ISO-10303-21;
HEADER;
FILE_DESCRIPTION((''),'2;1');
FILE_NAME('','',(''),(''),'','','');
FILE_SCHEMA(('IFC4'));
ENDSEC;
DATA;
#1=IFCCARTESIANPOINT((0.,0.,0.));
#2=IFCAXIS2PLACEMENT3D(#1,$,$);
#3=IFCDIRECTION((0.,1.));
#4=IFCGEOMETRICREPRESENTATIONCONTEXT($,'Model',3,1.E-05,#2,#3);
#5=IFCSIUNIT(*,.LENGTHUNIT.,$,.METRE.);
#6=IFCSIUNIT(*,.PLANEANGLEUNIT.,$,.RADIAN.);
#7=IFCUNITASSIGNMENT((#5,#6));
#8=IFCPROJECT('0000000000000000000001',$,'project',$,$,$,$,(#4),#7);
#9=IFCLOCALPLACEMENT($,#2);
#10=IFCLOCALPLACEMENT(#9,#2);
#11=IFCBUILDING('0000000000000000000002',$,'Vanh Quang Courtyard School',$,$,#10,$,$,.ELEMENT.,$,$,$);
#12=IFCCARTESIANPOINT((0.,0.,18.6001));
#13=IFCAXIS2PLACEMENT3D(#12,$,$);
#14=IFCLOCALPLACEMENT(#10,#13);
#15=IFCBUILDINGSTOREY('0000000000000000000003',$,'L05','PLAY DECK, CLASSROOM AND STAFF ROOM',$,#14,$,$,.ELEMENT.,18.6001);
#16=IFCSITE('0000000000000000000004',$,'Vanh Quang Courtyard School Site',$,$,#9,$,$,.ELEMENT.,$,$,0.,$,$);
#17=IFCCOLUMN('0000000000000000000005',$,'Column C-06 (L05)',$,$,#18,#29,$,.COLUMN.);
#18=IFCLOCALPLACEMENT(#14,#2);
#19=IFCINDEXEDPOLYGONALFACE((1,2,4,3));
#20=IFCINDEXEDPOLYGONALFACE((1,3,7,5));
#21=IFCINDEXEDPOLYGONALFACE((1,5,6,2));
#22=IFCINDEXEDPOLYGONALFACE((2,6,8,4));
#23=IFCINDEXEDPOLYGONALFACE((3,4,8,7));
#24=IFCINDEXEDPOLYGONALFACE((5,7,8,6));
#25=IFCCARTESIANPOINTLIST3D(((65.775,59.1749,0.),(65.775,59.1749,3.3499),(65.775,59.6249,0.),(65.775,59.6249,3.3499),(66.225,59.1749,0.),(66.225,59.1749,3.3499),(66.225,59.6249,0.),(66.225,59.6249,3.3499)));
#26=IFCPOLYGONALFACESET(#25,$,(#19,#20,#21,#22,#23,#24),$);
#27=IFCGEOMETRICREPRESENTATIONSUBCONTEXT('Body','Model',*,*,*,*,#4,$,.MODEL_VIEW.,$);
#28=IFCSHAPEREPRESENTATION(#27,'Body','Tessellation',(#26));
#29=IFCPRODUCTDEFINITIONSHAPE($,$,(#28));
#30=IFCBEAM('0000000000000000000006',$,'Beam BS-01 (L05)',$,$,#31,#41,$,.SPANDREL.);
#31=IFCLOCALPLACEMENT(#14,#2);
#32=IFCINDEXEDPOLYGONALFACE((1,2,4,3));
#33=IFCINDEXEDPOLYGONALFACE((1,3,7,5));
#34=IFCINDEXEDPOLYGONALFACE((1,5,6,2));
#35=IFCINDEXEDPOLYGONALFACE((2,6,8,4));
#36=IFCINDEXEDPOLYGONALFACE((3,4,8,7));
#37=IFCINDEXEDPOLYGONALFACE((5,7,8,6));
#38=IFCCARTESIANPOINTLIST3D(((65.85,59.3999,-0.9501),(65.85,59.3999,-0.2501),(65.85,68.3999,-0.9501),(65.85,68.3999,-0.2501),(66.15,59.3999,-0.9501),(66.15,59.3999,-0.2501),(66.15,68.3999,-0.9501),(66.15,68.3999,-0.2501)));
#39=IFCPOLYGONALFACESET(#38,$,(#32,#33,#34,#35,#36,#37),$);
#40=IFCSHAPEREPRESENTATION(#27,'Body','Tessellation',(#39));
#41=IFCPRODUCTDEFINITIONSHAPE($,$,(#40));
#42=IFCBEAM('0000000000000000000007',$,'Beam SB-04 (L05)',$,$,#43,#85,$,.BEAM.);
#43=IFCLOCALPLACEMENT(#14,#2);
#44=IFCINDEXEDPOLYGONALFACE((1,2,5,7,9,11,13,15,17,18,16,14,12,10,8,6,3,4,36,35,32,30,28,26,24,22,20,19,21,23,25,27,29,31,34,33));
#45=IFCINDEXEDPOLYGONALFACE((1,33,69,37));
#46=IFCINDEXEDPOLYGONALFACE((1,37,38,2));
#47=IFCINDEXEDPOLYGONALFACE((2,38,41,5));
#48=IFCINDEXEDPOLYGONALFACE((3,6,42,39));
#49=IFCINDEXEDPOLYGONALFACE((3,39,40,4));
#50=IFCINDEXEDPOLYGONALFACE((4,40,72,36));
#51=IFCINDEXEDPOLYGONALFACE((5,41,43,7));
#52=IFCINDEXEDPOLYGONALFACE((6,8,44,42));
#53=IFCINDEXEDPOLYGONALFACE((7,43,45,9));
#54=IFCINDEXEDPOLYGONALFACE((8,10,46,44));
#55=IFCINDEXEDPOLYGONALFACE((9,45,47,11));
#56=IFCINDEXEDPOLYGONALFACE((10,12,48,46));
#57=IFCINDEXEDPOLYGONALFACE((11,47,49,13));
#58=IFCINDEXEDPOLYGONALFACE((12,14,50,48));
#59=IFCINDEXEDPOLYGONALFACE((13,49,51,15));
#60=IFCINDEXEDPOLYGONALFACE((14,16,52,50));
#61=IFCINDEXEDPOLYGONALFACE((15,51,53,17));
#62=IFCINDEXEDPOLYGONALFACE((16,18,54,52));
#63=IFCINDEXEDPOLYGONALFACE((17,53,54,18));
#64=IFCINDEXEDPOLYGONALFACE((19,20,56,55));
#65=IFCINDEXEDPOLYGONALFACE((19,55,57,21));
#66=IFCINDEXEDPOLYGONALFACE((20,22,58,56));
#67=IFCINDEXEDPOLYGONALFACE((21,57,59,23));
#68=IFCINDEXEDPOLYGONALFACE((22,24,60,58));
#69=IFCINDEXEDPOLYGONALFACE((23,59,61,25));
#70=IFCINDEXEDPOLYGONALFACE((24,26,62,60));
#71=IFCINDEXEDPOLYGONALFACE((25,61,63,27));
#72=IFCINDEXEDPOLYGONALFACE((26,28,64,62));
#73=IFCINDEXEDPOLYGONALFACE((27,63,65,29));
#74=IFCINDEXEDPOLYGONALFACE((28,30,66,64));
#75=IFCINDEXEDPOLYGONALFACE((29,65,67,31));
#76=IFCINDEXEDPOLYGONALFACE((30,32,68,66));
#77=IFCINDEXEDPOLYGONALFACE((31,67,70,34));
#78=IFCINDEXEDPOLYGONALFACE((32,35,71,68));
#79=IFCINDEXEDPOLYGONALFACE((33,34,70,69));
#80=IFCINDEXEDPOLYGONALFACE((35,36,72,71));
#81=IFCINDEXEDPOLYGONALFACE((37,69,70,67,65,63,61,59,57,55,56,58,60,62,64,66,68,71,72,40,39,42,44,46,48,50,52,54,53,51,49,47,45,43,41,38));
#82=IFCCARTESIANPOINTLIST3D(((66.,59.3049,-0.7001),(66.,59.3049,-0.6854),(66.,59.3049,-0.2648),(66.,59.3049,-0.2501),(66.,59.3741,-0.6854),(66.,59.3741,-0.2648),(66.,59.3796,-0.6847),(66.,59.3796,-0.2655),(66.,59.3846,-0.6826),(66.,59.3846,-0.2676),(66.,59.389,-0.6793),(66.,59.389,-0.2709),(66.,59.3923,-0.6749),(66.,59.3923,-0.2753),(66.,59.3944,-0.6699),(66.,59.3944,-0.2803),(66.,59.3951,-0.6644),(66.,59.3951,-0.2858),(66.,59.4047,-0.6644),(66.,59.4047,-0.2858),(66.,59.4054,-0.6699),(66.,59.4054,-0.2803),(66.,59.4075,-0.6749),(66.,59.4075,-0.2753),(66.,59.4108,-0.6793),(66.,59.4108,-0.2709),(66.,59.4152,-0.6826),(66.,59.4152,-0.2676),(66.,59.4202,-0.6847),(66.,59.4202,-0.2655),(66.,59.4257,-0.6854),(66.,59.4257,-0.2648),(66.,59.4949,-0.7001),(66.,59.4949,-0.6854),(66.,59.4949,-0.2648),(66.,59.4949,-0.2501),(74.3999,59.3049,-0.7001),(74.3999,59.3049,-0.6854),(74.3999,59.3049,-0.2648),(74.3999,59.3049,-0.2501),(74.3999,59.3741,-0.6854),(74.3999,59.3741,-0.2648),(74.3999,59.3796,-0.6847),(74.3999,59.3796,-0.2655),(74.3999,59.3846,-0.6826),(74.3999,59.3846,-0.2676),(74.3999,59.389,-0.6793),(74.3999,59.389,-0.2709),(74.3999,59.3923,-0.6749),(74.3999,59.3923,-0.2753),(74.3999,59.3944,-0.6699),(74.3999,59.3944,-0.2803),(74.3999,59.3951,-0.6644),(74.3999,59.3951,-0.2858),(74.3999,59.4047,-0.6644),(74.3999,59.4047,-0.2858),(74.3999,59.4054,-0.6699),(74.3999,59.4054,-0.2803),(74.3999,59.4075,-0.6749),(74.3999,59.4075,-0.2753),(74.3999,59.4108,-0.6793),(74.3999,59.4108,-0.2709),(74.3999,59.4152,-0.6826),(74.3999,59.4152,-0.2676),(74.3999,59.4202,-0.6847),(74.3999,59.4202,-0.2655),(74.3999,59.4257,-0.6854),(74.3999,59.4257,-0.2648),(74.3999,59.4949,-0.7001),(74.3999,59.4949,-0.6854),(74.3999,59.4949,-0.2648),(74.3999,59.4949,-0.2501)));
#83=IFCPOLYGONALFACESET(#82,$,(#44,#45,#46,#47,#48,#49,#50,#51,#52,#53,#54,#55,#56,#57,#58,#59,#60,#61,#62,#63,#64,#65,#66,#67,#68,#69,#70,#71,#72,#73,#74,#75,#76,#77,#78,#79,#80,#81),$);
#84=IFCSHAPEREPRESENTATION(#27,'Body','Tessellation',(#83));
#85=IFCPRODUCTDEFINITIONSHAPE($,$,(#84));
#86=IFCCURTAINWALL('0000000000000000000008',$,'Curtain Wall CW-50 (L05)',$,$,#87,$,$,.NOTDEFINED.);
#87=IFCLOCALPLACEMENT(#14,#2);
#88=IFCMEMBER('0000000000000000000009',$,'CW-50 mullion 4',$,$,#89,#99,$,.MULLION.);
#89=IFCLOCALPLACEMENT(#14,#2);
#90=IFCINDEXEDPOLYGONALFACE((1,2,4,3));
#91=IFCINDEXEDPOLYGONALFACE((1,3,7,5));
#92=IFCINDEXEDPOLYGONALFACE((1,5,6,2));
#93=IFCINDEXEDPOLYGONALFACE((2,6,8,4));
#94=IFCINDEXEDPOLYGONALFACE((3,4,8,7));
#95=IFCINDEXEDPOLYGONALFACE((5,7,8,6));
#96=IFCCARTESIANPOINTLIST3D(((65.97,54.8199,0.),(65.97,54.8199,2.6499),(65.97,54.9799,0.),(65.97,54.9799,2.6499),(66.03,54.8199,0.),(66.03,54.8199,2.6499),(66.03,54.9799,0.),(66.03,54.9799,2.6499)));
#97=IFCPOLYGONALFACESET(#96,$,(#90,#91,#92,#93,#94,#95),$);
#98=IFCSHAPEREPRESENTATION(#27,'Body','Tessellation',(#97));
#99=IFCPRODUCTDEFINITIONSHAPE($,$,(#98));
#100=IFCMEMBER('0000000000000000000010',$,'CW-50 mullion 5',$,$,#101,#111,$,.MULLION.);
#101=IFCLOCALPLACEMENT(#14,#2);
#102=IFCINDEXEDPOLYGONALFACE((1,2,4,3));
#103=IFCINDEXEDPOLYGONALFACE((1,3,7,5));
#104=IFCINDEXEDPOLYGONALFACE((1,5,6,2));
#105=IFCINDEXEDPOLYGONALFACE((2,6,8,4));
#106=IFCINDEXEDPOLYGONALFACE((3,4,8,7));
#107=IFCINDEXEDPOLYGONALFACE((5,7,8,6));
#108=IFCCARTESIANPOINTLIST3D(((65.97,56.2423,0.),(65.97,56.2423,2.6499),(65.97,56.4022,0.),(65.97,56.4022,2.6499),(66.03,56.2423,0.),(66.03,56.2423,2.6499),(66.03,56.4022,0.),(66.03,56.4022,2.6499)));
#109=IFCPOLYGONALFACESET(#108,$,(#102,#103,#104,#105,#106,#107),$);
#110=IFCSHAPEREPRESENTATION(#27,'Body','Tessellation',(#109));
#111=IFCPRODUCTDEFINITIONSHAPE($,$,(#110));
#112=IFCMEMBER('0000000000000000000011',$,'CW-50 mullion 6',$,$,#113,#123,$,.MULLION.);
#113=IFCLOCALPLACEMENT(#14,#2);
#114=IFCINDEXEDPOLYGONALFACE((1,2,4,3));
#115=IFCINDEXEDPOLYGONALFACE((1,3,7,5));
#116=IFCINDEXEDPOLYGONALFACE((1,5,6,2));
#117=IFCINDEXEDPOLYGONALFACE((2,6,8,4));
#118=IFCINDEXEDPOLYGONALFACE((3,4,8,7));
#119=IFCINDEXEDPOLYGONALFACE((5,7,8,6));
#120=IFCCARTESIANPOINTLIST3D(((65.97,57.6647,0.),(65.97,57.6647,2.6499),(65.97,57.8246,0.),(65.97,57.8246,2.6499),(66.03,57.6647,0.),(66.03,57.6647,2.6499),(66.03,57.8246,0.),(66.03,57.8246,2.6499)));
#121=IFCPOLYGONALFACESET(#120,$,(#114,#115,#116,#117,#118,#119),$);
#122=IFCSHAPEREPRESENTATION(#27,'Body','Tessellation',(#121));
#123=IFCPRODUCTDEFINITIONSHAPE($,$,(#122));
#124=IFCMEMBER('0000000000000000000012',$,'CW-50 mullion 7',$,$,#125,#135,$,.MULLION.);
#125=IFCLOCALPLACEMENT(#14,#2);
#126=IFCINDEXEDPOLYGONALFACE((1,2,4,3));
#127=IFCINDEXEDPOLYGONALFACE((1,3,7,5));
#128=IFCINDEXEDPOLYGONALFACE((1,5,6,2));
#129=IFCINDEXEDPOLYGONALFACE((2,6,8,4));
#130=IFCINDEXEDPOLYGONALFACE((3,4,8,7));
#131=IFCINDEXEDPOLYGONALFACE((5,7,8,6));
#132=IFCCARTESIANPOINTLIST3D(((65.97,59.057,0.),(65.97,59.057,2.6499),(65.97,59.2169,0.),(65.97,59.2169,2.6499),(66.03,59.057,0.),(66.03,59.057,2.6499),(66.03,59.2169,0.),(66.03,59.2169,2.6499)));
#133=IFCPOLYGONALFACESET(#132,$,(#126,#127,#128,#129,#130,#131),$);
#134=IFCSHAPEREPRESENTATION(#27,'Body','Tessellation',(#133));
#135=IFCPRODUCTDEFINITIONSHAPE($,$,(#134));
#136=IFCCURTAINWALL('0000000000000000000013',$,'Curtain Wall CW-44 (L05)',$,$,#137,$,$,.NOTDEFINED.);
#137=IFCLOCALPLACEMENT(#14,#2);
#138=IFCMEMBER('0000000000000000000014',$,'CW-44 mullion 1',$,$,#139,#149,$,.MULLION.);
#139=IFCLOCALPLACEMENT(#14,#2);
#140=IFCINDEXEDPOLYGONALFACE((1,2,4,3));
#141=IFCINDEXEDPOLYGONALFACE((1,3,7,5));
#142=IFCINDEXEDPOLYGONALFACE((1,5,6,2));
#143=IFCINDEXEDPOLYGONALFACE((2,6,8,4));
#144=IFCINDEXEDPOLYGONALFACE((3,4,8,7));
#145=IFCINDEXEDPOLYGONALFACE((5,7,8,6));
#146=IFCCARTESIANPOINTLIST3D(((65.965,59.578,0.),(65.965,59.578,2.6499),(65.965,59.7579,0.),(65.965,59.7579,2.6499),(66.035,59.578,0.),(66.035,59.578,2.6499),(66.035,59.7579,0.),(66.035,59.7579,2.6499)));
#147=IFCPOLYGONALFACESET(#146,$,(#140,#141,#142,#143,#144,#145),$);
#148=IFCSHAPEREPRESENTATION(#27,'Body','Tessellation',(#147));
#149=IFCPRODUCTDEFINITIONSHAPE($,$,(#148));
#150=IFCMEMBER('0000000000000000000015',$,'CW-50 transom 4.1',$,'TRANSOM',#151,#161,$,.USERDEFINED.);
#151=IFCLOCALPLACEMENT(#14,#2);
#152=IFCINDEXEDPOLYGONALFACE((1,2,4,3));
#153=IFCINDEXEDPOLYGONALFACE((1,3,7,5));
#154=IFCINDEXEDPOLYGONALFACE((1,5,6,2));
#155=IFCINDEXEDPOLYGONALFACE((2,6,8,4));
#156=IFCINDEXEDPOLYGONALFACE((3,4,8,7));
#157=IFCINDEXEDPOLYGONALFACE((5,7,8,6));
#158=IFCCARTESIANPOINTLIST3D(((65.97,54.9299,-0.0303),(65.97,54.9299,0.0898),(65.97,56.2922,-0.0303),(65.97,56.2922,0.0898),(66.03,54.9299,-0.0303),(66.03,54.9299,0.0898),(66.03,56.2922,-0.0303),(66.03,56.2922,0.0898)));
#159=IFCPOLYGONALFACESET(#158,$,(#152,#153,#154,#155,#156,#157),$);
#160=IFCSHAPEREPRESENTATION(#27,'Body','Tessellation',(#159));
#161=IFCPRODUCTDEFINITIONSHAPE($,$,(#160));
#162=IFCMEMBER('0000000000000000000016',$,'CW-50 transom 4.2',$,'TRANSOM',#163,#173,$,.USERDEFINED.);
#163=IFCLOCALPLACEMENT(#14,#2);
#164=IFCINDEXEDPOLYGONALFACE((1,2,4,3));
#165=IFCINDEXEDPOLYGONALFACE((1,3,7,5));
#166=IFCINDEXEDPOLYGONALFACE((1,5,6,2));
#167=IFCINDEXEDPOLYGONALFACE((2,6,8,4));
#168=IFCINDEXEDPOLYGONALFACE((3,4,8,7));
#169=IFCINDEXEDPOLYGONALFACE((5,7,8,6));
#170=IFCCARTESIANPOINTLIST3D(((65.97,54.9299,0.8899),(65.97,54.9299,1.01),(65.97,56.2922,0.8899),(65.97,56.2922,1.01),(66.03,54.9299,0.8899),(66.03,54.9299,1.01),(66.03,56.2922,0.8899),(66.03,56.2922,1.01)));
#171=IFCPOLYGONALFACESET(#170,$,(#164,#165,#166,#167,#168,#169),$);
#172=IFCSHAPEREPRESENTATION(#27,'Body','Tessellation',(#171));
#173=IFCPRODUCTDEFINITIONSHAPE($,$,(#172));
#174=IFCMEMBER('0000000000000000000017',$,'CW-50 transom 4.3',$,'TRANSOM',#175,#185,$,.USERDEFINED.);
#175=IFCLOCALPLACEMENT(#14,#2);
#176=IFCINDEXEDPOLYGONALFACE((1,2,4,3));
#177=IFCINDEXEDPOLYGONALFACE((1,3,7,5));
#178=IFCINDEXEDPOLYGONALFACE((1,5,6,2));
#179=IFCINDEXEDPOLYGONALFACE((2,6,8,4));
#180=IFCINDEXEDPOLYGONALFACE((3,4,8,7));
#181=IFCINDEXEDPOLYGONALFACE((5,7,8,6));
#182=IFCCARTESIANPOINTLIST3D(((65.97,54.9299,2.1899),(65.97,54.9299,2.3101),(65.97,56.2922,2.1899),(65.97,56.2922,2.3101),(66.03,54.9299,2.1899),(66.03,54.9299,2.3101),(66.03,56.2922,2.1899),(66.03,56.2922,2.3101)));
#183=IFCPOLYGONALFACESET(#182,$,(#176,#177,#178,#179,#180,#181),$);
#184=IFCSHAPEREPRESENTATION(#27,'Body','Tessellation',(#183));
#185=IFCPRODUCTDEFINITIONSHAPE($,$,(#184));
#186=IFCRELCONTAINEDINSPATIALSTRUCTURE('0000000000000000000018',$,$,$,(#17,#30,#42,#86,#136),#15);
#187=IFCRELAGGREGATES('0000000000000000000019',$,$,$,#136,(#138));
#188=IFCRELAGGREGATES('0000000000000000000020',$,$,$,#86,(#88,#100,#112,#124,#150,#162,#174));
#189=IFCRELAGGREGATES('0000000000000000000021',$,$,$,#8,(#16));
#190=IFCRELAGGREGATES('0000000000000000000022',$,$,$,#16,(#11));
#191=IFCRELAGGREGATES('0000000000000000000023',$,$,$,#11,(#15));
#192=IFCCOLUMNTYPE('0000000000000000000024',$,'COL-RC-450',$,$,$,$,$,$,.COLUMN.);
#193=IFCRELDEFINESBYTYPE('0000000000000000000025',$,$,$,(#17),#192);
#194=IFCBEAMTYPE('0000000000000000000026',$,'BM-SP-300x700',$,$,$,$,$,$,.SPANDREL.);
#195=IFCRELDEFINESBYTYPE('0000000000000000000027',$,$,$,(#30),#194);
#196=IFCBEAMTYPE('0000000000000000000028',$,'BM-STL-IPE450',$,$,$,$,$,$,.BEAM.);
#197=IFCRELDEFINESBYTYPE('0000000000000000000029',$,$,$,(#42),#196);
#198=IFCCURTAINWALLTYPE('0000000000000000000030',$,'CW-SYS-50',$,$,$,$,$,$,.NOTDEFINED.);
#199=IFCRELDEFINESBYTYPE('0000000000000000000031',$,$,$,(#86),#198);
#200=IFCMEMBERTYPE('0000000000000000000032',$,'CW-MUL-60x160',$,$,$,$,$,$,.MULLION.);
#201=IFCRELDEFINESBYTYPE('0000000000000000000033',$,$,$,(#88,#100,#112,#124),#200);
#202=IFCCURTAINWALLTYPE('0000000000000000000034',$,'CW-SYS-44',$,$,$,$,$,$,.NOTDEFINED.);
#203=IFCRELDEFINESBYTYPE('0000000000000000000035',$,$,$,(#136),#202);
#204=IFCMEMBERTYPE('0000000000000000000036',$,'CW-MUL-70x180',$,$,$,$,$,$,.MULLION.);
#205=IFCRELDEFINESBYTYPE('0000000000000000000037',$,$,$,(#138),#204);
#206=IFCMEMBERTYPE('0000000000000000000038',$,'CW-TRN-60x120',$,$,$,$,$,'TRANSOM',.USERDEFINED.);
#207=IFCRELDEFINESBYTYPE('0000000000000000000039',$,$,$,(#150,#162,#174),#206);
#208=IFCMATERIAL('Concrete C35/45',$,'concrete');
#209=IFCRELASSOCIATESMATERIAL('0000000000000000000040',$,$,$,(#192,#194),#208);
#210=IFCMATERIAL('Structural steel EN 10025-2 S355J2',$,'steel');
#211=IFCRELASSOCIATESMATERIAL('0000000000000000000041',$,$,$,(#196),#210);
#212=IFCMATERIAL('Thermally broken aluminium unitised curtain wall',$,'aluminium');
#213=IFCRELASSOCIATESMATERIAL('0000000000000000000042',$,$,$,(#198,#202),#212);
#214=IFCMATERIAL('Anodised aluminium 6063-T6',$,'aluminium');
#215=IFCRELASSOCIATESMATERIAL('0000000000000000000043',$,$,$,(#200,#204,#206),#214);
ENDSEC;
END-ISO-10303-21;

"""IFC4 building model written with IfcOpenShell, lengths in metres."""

from ifc_helpers import new_model, si_unit, direction, frame, origin, origin_2d, place, context, subcontext, project, spatial, rectangle, i_section, extrude, material, material_profile, profile_set, type_object, element, aggregate, save


model = new_model("IFC4")

# Units and contexts
model_context = context("Model", 3, precision=1e-05, world=origin(), true_north=direction((0.0, 1.0)))
body_context = subcontext(model_context, "Body", "Model", "MODEL_VIEW")
ifc_project = project(units=[si_unit("LENGTHUNIT", "METRE"), si_unit("PLANEANGLEUNIT", "RADIAN")], contexts=[model_context])

# Site, building, storey
site_placement = place(None, origin())
site = spatial("IfcSite", under=ifc_project, at=site_placement, Name="Vanh Quang Courtyard School Site", CompositionType="ELEMENT", RefElevation=0.0)
building_placement = place(site_placement, origin())
building = spatial("IfcBuilding", under=site, at=building_placement, Name="Vanh Quang Courtyard School", CompositionType="ELEMENT")
storey_placement = place(building_placement, frame((0.0, 0.0, 18.6001)))
storey = spatial("IfcBuildingStorey", under=building, at=storey_placement, Name="L05", Description="PLAY DECK, CLASSROOM AND STAFF ROOM", CompositionType="ELEMENT", Elevation=18.6001)

# Column
ifc_material_1 = material(Name="Concrete C35/45", Category="concrete")
ifc_material_profile_1 = material_profile(ifc_material_1, rectangle(XDim=0.45, YDim=0.45, at=origin_2d()), Name="RC-COL 450x450")
ifc_profile_set_1 = profile_set([ifc_material_profile_1], Name="Concrete C35/45")
column_type = type_object("IfcColumnType", Name="COL-RC-450", PredefinedType="COLUMN", material=ifc_profile_set_1)
column_placement = place(storey_placement, frame((66.0, 59.3999, 0.0), z_axis=(0.0, 0.0, 1.0), x_axis=(1.0, 0.0, 0.0)))
element("IfcColumn", 1, at=column_placement, inside=storey, type_object=column_type, Name="Column C-06 (L05)", PredefinedType="COLUMN", context=body_context, shape_type="SweptSolid", body=[
    extrude(rectangle(XDim=0.45, YDim=0.45, at=origin_2d()), origin(), (0.0, 0.0, 1.0), 3.3499),
])

# Beams
ifc_material_profile_2 = material_profile(ifc_material_1, rectangle(XDim=0.3, YDim=0.7, at=origin_2d()), Name="RC-SP 300x700")
ifc_profile_set_2 = profile_set([ifc_material_profile_2], Name="Concrete C35/45")
beam_type_1 = type_object("IfcBeamType", Name="BM-SP-300x700", PredefinedType="SPANDREL", material=ifc_profile_set_2)
beam_1_placement = place(storey_placement, frame((66.0, 59.3999, -0.6001), z_axis=(0.0, 1.0, 0.0), x_axis=(-1.0, 0.0, 0.0)))
element("IfcBeam", 2, at=beam_1_placement, inside=storey, type_object=beam_type_1, Name="Beam BS-01 (L05)", PredefinedType="SPANDREL", context=body_context, shape_type="SweptSolid", body=[
    extrude(rectangle(XDim=0.3, YDim=0.7, at=origin_2d()), origin(), (0.0, 0.0, 1.0), 9.0),
])
ifc_material_2 = material(Name="Structural steel EN 10025-2 S355J2", Category="steel")
ifc_material_profile_3 = material_profile(ifc_material_2, i_section(OverallWidth=0.1899, OverallDepth=0.45, WebThickness=0.0095, FlangeThickness=0.0146, FilletRadius=0.021, at=origin_2d()), Name="IPE 450")
ifc_profile_set_3 = profile_set([ifc_material_profile_3], Name="Structural steel EN 10025-2 S355J2")
beam_type_2 = type_object("IfcBeamType", Name="BM-STL-IPE450", PredefinedType="BEAM", material=ifc_profile_set_3)
beam_2_placement = place(storey_placement, frame((66.0, 59.3999, -0.4751), z_axis=(1.0, 0.0, 0.0), x_axis=(0.0, 1.0, 0.0)))
element("IfcBeam", 3, at=beam_2_placement, inside=storey, type_object=beam_type_2, Name="Beam SB-04 (L05)", PredefinedType="BEAM", context=body_context, shape_type="SweptSolid", body=[
    extrude(i_section(OverallWidth=0.1899, OverallDepth=0.45, WebThickness=0.0095, FlangeThickness=0.0146, FilletRadius=0.021, at=origin_2d()), origin(), (0.0, 0.0, 1.0), 8.3999),
])

# Curtain wall, members
ifc_material_3 = material(Name="Thermally broken aluminium unitised curtain wall", Category="aluminium")
curtain_wall_type_1 = type_object("IfcCurtainWallType", Name="CW-SYS-50", PredefinedType="NOTDEFINED", material=ifc_material_3)
curtain_wall_1_placement = place(storey_placement, origin())
curtain_wall_1 = element("IfcCurtainWall", 4, at=curtain_wall_1_placement, inside=storey, type_object=curtain_wall_type_1, Name="Curtain Wall CW-50 (L05)", PredefinedType="NOTDEFINED")
ifc_material_4 = material(Name="Anodised aluminium 6063-T6", Category="aluminium")
ifc_material_profile_4 = material_profile(ifc_material_4, rectangle(XDim=0.0601, YDim=0.1599, at=origin_2d()), Name="ALU-MUL 60x160")
ifc_profile_set_4 = profile_set([ifc_material_profile_4], Name="Anodised aluminium 6063-T6")
member_type_1 = type_object("IfcMemberType", Name="CW-MUL-60x160", PredefinedType="MULLION", material=ifc_profile_set_4)
member_1_placement = place(storey_placement, frame((66.0, 54.8999, 0.0), z_axis=(0.0, 0.0, 1.0), x_axis=(-1.0, 0.0, 0.0)))
member_1 = element("IfcMember", 5, at=member_1_placement, type_object=member_type_1, Name="CW-50 mullion 4", PredefinedType="MULLION", context=body_context, shape_type="SweptSolid", body=[
    extrude(rectangle(XDim=0.0601, YDim=0.1599, at=origin_2d()), origin(), (0.0, 0.0, 1.0), 2.6499),
])
member_2_placement = place(storey_placement, frame((66.0, 56.3223, 0.0), z_axis=(0.0, 0.0, 1.0), x_axis=(-1.0, 0.0, 0.0)))
member_2 = element("IfcMember", 6, at=member_2_placement, type_object=member_type_1, Name="CW-50 mullion 5", PredefinedType="MULLION", context=body_context, shape_type="SweptSolid", body=[
    extrude(rectangle(XDim=0.0601, YDim=0.1599, at=origin_2d()), origin(), (0.0, 0.0, 1.0), 2.6499),
])
member_3_placement = place(storey_placement, frame((66.0, 57.7446, 0.0), z_axis=(0.0, 0.0, 1.0), x_axis=(-1.0, 0.0, 0.0)))
member_3 = element("IfcMember", 7, at=member_3_placement, type_object=member_type_1, Name="CW-50 mullion 6", PredefinedType="MULLION", context=body_context, shape_type="SweptSolid", body=[
    extrude(rectangle(XDim=0.0601, YDim=0.1599, at=origin_2d()), origin(), (0.0, 0.0, 1.0), 2.6499),
])
member_4_placement = place(storey_placement, frame((66.0, 59.137, 0.0), z_axis=(0.0, 0.0, 1.0), x_axis=(-1.0, 0.0, 0.0)))
member_4 = element("IfcMember", 8, at=member_4_placement, type_object=member_type_1, Name="CW-50 mullion 7", PredefinedType="MULLION", context=body_context, shape_type="SweptSolid", body=[
    extrude(rectangle(XDim=0.0601, YDim=0.1599, at=origin_2d()), origin(), (0.0, 0.0, 1.0), 2.6499),
])

# Curtain wall, member
curtain_wall_type_2 = type_object("IfcCurtainWallType", Name="CW-SYS-44", PredefinedType="NOTDEFINED", material=ifc_material_3)
curtain_wall_2_placement = place(storey_placement, origin())
curtain_wall_2 = element("IfcCurtainWall", 9, at=curtain_wall_2_placement, inside=storey, type_object=curtain_wall_type_2, Name="Curtain Wall CW-44 (L05)", PredefinedType="NOTDEFINED")
ifc_material_profile_5 = material_profile(ifc_material_4, rectangle(XDim=0.0701, YDim=0.1799, at=origin_2d()), Name="ALU-MUL 70x180")
ifc_profile_set_5 = profile_set([ifc_material_profile_5], Name="Anodised aluminium 6063-T6")
member_type_2 = type_object("IfcMemberType", Name="CW-MUL-70x180", PredefinedType="MULLION", material=ifc_profile_set_5)
member_5_placement = place(storey_placement, frame((66.0, 59.668, 0.0), z_axis=(0.0, 0.0, 1.0), x_axis=(-1.0, 0.0, 0.0)))
member_5 = element("IfcMember", 10, at=member_5_placement, type_object=member_type_2, Name="CW-44 mullion 1", PredefinedType="MULLION", context=body_context, shape_type="SweptSolid", body=[
    extrude(rectangle(XDim=0.0701, YDim=0.1799, at=origin_2d()), origin(), (0.0, 0.0, 1.0), 2.6499),
])

# Members
ifc_material_profile_6 = material_profile(ifc_material_4, rectangle(XDim=0.0601, YDim=0.1201, at=origin_2d()), Name="ALU-TRN 60x120")
ifc_profile_set_6 = profile_set([ifc_material_profile_6], Name="Anodised aluminium 6063-T6")
member_type_3 = type_object("IfcMemberType", Name="CW-TRN-60x120", ElementType="TRANSOM", PredefinedType="USERDEFINED", material=ifc_profile_set_6)
member_6_placement = place(storey_placement, frame((66.0, 54.9299, 0.0298), z_axis=(0.0, 1.0, 0.0), x_axis=(-1.0, 0.0, 0.0)))
member_6 = element("IfcMember", 11, at=member_6_placement, type_object=member_type_3, Name="CW-50 transom 4.1", ObjectType="TRANSOM", PredefinedType="USERDEFINED", context=body_context, shape_type="SweptSolid", body=[
    extrude(rectangle(XDim=0.0601, YDim=0.1201, at=origin_2d()), origin(), (0.0, 0.0, 1.0), 1.3623),
])
member_7_placement = place(storey_placement, frame((66.0, 54.9299, 0.95), z_axis=(0.0, 1.0, 0.0), x_axis=(-1.0, 0.0, 0.0)))
member_7 = element("IfcMember", 12, at=member_7_placement, type_object=member_type_3, Name="CW-50 transom 4.2", ObjectType="TRANSOM", PredefinedType="USERDEFINED", context=body_context, shape_type="SweptSolid", body=[
    extrude(rectangle(XDim=0.0601, YDim=0.1201, at=origin_2d()), origin(), (0.0, 0.0, 1.0), 1.3623),
])
member_8_placement = place(storey_placement, frame((66.0, 54.9299, 2.25), z_axis=(0.0, 1.0, 0.0), x_axis=(-1.0, 0.0, 0.0)))
member_8 = element("IfcMember", 13, at=member_8_placement, type_object=member_type_3, Name="CW-50 transom 4.3", ObjectType="TRANSOM", PredefinedType="USERDEFINED", context=body_context, shape_type="SweptSolid", body=[
    extrude(rectangle(XDim=0.0601, YDim=0.1201, at=origin_2d()), origin(), (0.0, 0.0, 1.0), 1.3623),
])

aggregate(curtain_wall_2, [member_5])
aggregate(curtain_wall_1, [member_1, member_2, member_3, member_4, member_6, member_7, member_8])

save(model, "model.ifc")
